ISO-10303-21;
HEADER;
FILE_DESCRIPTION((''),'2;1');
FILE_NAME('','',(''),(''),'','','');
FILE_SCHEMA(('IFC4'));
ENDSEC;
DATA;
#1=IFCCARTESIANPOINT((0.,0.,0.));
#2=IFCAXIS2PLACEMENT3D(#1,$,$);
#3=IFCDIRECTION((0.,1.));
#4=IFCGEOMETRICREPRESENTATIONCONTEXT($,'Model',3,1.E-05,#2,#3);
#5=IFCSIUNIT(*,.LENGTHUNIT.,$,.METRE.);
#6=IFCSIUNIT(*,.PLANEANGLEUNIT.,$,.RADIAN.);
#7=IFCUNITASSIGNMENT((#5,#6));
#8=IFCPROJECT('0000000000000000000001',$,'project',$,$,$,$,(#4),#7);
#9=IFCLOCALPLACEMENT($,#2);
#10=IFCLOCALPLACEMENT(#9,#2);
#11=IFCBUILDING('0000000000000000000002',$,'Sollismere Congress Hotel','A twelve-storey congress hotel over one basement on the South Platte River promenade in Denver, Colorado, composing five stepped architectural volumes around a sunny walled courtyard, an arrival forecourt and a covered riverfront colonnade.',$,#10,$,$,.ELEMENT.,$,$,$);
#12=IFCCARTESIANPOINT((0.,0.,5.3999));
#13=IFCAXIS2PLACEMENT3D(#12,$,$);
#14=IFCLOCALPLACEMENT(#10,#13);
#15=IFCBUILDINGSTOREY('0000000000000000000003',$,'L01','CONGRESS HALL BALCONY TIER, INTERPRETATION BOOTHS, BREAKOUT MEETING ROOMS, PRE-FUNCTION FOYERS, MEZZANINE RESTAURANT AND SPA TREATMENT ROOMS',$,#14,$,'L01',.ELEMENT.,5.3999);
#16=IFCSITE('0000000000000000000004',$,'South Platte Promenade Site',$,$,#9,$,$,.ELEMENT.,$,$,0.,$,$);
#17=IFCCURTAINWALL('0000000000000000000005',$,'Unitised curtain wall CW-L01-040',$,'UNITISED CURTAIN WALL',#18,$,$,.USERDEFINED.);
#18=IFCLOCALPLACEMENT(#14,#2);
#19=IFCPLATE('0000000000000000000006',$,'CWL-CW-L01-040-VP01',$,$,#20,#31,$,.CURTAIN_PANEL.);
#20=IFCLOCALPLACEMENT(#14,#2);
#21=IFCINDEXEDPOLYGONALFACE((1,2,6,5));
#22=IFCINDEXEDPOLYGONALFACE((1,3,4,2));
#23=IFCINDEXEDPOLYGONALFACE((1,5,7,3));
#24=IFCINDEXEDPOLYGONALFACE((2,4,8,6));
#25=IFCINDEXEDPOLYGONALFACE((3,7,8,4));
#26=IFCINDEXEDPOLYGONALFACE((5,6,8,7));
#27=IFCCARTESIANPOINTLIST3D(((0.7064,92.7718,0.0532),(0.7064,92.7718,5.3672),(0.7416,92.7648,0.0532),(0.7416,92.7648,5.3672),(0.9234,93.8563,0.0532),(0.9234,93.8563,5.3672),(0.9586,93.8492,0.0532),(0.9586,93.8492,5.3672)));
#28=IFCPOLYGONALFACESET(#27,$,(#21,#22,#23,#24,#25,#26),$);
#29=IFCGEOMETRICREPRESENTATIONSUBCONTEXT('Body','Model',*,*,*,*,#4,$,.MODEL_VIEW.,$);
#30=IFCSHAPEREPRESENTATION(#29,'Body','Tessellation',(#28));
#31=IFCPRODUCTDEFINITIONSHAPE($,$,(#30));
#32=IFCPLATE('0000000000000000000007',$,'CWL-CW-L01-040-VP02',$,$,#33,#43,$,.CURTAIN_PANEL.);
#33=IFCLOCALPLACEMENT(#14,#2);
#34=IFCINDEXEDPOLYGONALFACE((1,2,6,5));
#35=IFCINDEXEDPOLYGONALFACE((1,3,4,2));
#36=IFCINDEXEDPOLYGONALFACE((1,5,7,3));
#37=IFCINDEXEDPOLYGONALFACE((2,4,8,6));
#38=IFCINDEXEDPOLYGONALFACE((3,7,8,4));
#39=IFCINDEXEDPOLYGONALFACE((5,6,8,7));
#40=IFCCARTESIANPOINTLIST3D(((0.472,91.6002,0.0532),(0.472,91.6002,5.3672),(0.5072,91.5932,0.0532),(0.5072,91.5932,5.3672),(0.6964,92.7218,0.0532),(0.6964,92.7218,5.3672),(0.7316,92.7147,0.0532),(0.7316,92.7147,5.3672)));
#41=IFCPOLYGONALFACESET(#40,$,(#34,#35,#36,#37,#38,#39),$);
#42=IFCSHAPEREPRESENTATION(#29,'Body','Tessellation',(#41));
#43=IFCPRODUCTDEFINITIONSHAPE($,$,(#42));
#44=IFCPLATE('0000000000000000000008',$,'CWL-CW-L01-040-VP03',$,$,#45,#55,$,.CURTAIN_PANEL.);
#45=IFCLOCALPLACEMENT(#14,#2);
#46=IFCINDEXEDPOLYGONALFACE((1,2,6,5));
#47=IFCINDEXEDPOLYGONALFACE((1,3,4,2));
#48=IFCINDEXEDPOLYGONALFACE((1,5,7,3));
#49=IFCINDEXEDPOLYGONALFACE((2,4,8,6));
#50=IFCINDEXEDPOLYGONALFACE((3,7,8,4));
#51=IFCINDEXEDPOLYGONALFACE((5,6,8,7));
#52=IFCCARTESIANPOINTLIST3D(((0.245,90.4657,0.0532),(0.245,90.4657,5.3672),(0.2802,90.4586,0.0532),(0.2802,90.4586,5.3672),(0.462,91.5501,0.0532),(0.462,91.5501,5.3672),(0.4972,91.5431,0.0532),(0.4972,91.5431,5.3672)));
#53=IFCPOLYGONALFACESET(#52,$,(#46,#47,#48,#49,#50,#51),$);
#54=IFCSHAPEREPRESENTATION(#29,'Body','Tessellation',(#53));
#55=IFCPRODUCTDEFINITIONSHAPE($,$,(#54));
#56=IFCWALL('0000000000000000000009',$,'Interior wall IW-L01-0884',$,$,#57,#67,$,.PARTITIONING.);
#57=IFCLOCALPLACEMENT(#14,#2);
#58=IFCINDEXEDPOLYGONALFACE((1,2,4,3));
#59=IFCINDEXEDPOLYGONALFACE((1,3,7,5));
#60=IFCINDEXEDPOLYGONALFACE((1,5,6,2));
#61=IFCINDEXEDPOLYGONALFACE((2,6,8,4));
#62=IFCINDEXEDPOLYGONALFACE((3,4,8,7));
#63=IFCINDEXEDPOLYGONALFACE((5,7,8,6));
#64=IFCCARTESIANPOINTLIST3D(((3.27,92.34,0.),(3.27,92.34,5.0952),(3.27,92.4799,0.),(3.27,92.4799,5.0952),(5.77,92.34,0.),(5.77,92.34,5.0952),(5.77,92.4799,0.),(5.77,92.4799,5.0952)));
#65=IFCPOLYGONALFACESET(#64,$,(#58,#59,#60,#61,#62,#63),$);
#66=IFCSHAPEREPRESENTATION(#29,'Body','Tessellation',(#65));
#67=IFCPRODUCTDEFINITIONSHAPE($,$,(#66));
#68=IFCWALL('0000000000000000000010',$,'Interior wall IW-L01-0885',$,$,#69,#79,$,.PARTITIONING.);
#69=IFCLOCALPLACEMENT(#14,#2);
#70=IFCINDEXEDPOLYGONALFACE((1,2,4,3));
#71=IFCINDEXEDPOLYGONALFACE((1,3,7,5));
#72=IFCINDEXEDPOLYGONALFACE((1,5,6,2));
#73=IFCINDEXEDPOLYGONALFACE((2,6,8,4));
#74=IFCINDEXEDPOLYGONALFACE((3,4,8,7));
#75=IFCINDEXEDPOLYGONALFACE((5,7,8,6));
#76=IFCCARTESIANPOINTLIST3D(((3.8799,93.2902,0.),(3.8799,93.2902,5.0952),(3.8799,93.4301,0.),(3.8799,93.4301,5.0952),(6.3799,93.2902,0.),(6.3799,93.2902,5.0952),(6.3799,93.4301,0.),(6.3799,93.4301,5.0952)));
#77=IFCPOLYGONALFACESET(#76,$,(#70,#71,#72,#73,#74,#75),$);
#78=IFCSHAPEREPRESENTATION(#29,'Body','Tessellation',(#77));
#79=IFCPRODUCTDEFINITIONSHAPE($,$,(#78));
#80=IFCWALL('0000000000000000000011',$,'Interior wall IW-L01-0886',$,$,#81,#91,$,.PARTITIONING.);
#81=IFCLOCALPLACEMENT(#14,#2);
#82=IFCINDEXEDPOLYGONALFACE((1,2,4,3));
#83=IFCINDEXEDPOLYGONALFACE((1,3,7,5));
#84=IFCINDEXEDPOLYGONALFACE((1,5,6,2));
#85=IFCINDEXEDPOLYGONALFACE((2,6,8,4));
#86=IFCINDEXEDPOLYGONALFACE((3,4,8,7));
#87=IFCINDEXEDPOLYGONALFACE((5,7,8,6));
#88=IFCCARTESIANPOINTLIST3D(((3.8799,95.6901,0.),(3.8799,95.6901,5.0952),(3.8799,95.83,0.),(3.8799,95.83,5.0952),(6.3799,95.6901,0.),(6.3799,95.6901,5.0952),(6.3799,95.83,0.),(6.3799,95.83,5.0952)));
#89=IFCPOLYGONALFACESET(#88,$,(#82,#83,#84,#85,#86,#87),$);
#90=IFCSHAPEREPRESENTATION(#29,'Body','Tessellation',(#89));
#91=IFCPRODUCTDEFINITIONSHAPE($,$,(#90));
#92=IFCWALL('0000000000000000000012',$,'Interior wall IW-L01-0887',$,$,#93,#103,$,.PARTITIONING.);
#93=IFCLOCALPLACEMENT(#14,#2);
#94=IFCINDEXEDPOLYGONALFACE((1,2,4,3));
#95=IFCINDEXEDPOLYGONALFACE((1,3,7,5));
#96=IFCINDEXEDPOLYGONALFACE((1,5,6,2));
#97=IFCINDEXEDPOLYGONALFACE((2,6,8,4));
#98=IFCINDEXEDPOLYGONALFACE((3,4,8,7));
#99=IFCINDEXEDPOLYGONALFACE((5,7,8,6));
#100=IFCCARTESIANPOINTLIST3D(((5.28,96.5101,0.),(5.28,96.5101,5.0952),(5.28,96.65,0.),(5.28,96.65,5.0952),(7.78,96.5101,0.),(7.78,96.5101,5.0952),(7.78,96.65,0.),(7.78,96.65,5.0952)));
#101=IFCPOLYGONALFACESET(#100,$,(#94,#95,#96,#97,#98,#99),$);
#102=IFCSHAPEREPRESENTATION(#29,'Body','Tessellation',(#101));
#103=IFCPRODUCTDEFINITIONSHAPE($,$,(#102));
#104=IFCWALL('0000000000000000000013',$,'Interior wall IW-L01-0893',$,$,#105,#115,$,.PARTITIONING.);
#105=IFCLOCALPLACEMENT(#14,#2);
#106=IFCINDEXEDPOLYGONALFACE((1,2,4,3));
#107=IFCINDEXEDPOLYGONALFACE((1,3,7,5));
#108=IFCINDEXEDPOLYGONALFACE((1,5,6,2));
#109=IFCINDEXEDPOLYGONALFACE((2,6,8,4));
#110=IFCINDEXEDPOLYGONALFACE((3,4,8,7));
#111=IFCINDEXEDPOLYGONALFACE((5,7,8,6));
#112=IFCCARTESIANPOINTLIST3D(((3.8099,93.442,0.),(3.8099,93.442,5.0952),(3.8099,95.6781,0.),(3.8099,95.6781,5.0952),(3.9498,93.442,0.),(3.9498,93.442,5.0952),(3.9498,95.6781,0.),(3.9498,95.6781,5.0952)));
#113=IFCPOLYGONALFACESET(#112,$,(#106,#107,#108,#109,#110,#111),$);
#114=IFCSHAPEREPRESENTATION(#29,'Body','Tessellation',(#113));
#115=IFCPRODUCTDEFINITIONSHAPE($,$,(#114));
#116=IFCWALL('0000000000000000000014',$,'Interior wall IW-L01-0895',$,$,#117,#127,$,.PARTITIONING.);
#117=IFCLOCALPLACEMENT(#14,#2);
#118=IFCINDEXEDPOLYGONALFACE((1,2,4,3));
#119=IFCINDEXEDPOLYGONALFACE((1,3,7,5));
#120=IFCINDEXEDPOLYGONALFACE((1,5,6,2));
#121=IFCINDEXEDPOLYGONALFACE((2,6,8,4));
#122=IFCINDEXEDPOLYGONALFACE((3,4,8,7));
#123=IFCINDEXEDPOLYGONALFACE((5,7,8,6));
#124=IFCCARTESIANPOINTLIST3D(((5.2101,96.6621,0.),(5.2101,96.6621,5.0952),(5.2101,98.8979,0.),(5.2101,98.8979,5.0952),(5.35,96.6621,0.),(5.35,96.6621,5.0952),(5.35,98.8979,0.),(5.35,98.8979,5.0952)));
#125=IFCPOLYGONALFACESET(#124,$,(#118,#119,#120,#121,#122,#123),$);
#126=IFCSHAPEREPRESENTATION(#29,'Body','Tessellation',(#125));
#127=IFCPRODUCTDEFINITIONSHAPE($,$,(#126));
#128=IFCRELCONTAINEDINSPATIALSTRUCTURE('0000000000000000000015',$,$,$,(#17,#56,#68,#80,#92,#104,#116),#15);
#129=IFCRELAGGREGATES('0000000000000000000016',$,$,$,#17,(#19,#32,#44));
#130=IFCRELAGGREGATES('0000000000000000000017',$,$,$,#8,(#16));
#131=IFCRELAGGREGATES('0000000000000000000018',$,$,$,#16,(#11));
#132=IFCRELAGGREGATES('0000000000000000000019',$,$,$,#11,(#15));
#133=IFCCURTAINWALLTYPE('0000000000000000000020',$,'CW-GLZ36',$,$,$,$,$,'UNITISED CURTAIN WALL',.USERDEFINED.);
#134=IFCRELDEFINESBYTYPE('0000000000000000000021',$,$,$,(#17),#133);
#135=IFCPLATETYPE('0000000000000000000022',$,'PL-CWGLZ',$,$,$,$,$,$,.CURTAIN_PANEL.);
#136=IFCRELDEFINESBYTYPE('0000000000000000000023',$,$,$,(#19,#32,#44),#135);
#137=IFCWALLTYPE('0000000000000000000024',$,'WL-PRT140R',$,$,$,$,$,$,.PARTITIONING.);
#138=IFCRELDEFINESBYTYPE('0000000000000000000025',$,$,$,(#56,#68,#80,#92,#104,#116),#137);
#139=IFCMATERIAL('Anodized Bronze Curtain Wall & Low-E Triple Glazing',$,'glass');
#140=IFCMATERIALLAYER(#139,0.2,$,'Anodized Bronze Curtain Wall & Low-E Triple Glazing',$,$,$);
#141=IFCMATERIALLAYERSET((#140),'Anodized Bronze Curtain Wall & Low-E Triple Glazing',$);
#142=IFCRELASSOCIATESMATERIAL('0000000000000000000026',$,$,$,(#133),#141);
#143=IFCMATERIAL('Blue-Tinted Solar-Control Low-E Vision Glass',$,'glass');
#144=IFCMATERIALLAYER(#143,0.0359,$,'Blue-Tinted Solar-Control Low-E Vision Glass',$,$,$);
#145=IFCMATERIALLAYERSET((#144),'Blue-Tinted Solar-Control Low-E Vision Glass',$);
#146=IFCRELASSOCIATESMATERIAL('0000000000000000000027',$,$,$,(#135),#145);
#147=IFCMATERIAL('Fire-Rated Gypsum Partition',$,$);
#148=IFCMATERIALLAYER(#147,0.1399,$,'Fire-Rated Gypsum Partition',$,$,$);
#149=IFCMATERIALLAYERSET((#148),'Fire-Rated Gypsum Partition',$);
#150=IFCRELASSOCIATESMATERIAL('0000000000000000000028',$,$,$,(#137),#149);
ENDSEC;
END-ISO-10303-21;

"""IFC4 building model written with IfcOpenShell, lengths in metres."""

from ifc_helpers import new_model, si_unit, direction, frame, frame_2d, origin, origin_2d, place, context, subcontext, project, spatial, rectangle, extrude, material, layer, layer_set, type_object, element, aggregate, save


model = new_model("IFC4")

# Units and contexts
model_context = context("Model", 3, precision=1e-05, world=origin(), true_north=direction((0.0, 1.0)))
body_context = subcontext(model_context, "Body", "Model", "MODEL_VIEW")
ifc_project = project(units=[si_unit("LENGTHUNIT", "METRE"), si_unit("PLANEANGLEUNIT", "RADIAN")], contexts=[model_context])

# Site, building, storey
site_placement = place(None, origin())
site = spatial("IfcSite", under=ifc_project, at=site_placement, Name="South Platte Promenade Site", CompositionType="ELEMENT", RefElevation=0.0)
building_placement = place(site_placement, origin())
building = spatial("IfcBuilding", under=site, at=building_placement, Name="Sollismere Congress Hotel", Description="A twelve-storey congress hotel over one basement on the South Platte River promenade in Denver, Colorado, composing five stepped architectural volumes around a sunny walled courtyard, an arrival forecourt and a covered riverfront colonnade.", CompositionType="ELEMENT")
storey_placement = place(building_placement, frame((0.0, 0.0, 5.3999)))
storey = spatial("IfcBuildingStorey", under=building, at=storey_placement, Name="L01", Description="CONGRESS HALL BALCONY TIER, INTERPRETATION BOOTHS, BREAKOUT MEETING ROOMS, PRE-FUNCTION FOYERS, MEZZANINE RESTAURANT AND SPA TREATMENT ROOMS", LongName="L01", CompositionType="ELEMENT", Elevation=5.3999)

# Curtain wall
ifc_material_1 = material(Name="Anodized Bronze Curtain Wall & Low-E Triple Glazing", Category="glass")
ifc_layer_1 = layer(ifc_material_1, 0.2, Name="Anodized Bronze Curtain Wall & Low-E Triple Glazing")
ifc_layer_set_1 = layer_set([ifc_layer_1], Name="Anodized Bronze Curtain Wall & Low-E Triple Glazing")
curtain_wall_type = type_object("IfcCurtainWallType", Name="CW-GLZ36", ElementType="UNITISED CURTAIN WALL", PredefinedType="USERDEFINED", material=ifc_layer_set_1)
curtain_wall_1_placement = place(storey_placement, origin())
curtain_wall_1 = element("IfcCurtainWall", 1, at=curtain_wall_1_placement, inside=storey, type_object=curtain_wall_type, Name="Unitised curtain wall CW-L01-040", ObjectType="UNITISED CURTAIN WALL", PredefinedType="USERDEFINED")

# Plates
ifc_material_2 = material(Name="Blue-Tinted Solar-Control Low-E Vision Glass", Category="glass")
ifc_layer_2 = layer(ifc_material_2, 0.0359, Name="Blue-Tinted Solar-Control Low-E Vision Glass")
ifc_layer_set_2 = layer_set([ifc_layer_2], Name="Blue-Tinted Solar-Control Low-E Vision Glass")
plate_type = type_object("IfcPlateType", Name="PL-CWGLZ", PredefinedType="CURTAIN_PANEL", material=ifc_layer_set_2)
plate_1_placement = place(storey_placement, frame((0.8325, 93.3105, 0.0532), z_axis=(0.0, 0.0, 1.0), x_axis=(-0.196254, -0.980553, 0.0)))
plate_1 = element("IfcPlate", 2, at=plate_1_placement, type_object=plate_type, Name="CWL-CW-L01-040-VP01", PredefinedType="CURTAIN_PANEL", context=body_context, shape_type="SweptSolid", body=[
    extrude(rectangle(XDim=1.106, YDim=0.0359, at=origin_2d()), origin(), (0.0, 0.0, 1.0), 5.314),
])
plate_2_placement = place(storey_placement, frame((0.6018, 92.1575, 0.0532), z_axis=(0.0, 0.0, 1.0), x_axis=(-0.196254, -0.980553, 0.0)))
plate_2 = element("IfcPlate", 3, at=plate_2_placement, type_object=plate_type, Name="CWL-CW-L01-040-VP02", PredefinedType="CURTAIN_PANEL", context=body_context, shape_type="SweptSolid", body=[
    extrude(rectangle(XDim=1.1438, YDim=0.0359, at=origin_2d()), origin(), (0.0, 0.0, 1.0), 5.314),
])
plate_3_placement = place(storey_placement, frame((0.3711, 91.0044, 0.0532), z_axis=(0.0, 0.0, 1.0), x_axis=(-0.196254, -0.980553, 0.0)))
plate_3 = element("IfcPlate", 4, at=plate_3_placement, type_object=plate_type, Name="CWL-CW-L01-040-VP03", PredefinedType="CURTAIN_PANEL", context=body_context, shape_type="SweptSolid", body=[
    extrude(rectangle(XDim=1.106, YDim=0.0359, at=origin_2d()), origin(), (0.0, 0.0, 1.0), 5.314),
])
aggregate(curtain_wall_1, [plate_1, plate_2, plate_3])

# Walls
ifc_material_3 = material(Name="Fire-Rated Gypsum Partition")
ifc_layer_3 = layer(ifc_material_3, 0.1399, Name="Fire-Rated Gypsum Partition")
ifc_layer_set_3 = layer_set([ifc_layer_3], Name="Fire-Rated Gypsum Partition")
wall_type = type_object("IfcWallType", Name="WL-PRT140R", PredefinedType="PARTITIONING", material=ifc_layer_set_3)
for number, where, z_axis, x_axis, name in (
    (5, (3.27, 92.4099, 0.0), (0.0, 0.0, 1.0), (1.0, 0.0, 0.0), "Interior wall IW-L01-0884"),
    (6, (3.8799, 93.3601, 0.0), (0.0, 0.0, 1.0), (1.0, 0.0, 0.0), "Interior wall IW-L01-0885"),
    (7, (3.8799, 95.76, 0.0), (0.0, 0.0, 1.0), (1.0, 0.0, 0.0), "Interior wall IW-L01-0886"),
    (8, (5.28, 96.5801, 0.0), (0.0, 0.0, 1.0), (1.0, 0.0, 0.0), "Interior wall IW-L01-0887"),
):
    element("IfcWall", number, at=place(storey_placement, frame(where, z_axis=z_axis, x_axis=x_axis)), inside=storey, type_object=wall_type, Name=name, PredefinedType="PARTITIONING", context=body_context, shape_type="SweptSolid", body=[
        extrude(rectangle(XDim=2.5, YDim=0.1399, at=frame_2d((1.25, 0.0))), origin(), (0.0, 0.0, 1.0), 5.0952),
    ])
wall_1_placement = place(storey_placement, frame((3.8799, 93.4419, 0.0), z_axis=(0.0, 0.0, 1.0), x_axis=(0.0, 1.0, 0.0)))
element("IfcWall", 9, at=wall_1_placement, inside=storey, type_object=wall_type, Name="Interior wall IW-L01-0893", PredefinedType="PARTITIONING", context=body_context, shape_type="SweptSolid", body=[
    extrude(rectangle(XDim=2.2361, YDim=0.1399, at=frame_2d((1.1182, 0.0))), origin(), (0.0, 0.0, 1.0), 5.0952),
])
wall_2_placement = place(storey_placement, frame((5.28, 96.6621, 0.0), z_axis=(0.0, 0.0, 1.0), x_axis=(0.0, 1.0, 0.0)))
element("IfcWall", 10, at=wall_2_placement, inside=storey, type_object=wall_type, Name="Interior wall IW-L01-0895", PredefinedType="PARTITIONING", context=body_context, shape_type="SweptSolid", body=[
    extrude(rectangle(XDim=2.2358, YDim=0.1399, at=frame_2d((1.1179, 0.0))), origin(), (0.0, 0.0, 1.0), 5.0952),
])

save(model, "model.ifc")
